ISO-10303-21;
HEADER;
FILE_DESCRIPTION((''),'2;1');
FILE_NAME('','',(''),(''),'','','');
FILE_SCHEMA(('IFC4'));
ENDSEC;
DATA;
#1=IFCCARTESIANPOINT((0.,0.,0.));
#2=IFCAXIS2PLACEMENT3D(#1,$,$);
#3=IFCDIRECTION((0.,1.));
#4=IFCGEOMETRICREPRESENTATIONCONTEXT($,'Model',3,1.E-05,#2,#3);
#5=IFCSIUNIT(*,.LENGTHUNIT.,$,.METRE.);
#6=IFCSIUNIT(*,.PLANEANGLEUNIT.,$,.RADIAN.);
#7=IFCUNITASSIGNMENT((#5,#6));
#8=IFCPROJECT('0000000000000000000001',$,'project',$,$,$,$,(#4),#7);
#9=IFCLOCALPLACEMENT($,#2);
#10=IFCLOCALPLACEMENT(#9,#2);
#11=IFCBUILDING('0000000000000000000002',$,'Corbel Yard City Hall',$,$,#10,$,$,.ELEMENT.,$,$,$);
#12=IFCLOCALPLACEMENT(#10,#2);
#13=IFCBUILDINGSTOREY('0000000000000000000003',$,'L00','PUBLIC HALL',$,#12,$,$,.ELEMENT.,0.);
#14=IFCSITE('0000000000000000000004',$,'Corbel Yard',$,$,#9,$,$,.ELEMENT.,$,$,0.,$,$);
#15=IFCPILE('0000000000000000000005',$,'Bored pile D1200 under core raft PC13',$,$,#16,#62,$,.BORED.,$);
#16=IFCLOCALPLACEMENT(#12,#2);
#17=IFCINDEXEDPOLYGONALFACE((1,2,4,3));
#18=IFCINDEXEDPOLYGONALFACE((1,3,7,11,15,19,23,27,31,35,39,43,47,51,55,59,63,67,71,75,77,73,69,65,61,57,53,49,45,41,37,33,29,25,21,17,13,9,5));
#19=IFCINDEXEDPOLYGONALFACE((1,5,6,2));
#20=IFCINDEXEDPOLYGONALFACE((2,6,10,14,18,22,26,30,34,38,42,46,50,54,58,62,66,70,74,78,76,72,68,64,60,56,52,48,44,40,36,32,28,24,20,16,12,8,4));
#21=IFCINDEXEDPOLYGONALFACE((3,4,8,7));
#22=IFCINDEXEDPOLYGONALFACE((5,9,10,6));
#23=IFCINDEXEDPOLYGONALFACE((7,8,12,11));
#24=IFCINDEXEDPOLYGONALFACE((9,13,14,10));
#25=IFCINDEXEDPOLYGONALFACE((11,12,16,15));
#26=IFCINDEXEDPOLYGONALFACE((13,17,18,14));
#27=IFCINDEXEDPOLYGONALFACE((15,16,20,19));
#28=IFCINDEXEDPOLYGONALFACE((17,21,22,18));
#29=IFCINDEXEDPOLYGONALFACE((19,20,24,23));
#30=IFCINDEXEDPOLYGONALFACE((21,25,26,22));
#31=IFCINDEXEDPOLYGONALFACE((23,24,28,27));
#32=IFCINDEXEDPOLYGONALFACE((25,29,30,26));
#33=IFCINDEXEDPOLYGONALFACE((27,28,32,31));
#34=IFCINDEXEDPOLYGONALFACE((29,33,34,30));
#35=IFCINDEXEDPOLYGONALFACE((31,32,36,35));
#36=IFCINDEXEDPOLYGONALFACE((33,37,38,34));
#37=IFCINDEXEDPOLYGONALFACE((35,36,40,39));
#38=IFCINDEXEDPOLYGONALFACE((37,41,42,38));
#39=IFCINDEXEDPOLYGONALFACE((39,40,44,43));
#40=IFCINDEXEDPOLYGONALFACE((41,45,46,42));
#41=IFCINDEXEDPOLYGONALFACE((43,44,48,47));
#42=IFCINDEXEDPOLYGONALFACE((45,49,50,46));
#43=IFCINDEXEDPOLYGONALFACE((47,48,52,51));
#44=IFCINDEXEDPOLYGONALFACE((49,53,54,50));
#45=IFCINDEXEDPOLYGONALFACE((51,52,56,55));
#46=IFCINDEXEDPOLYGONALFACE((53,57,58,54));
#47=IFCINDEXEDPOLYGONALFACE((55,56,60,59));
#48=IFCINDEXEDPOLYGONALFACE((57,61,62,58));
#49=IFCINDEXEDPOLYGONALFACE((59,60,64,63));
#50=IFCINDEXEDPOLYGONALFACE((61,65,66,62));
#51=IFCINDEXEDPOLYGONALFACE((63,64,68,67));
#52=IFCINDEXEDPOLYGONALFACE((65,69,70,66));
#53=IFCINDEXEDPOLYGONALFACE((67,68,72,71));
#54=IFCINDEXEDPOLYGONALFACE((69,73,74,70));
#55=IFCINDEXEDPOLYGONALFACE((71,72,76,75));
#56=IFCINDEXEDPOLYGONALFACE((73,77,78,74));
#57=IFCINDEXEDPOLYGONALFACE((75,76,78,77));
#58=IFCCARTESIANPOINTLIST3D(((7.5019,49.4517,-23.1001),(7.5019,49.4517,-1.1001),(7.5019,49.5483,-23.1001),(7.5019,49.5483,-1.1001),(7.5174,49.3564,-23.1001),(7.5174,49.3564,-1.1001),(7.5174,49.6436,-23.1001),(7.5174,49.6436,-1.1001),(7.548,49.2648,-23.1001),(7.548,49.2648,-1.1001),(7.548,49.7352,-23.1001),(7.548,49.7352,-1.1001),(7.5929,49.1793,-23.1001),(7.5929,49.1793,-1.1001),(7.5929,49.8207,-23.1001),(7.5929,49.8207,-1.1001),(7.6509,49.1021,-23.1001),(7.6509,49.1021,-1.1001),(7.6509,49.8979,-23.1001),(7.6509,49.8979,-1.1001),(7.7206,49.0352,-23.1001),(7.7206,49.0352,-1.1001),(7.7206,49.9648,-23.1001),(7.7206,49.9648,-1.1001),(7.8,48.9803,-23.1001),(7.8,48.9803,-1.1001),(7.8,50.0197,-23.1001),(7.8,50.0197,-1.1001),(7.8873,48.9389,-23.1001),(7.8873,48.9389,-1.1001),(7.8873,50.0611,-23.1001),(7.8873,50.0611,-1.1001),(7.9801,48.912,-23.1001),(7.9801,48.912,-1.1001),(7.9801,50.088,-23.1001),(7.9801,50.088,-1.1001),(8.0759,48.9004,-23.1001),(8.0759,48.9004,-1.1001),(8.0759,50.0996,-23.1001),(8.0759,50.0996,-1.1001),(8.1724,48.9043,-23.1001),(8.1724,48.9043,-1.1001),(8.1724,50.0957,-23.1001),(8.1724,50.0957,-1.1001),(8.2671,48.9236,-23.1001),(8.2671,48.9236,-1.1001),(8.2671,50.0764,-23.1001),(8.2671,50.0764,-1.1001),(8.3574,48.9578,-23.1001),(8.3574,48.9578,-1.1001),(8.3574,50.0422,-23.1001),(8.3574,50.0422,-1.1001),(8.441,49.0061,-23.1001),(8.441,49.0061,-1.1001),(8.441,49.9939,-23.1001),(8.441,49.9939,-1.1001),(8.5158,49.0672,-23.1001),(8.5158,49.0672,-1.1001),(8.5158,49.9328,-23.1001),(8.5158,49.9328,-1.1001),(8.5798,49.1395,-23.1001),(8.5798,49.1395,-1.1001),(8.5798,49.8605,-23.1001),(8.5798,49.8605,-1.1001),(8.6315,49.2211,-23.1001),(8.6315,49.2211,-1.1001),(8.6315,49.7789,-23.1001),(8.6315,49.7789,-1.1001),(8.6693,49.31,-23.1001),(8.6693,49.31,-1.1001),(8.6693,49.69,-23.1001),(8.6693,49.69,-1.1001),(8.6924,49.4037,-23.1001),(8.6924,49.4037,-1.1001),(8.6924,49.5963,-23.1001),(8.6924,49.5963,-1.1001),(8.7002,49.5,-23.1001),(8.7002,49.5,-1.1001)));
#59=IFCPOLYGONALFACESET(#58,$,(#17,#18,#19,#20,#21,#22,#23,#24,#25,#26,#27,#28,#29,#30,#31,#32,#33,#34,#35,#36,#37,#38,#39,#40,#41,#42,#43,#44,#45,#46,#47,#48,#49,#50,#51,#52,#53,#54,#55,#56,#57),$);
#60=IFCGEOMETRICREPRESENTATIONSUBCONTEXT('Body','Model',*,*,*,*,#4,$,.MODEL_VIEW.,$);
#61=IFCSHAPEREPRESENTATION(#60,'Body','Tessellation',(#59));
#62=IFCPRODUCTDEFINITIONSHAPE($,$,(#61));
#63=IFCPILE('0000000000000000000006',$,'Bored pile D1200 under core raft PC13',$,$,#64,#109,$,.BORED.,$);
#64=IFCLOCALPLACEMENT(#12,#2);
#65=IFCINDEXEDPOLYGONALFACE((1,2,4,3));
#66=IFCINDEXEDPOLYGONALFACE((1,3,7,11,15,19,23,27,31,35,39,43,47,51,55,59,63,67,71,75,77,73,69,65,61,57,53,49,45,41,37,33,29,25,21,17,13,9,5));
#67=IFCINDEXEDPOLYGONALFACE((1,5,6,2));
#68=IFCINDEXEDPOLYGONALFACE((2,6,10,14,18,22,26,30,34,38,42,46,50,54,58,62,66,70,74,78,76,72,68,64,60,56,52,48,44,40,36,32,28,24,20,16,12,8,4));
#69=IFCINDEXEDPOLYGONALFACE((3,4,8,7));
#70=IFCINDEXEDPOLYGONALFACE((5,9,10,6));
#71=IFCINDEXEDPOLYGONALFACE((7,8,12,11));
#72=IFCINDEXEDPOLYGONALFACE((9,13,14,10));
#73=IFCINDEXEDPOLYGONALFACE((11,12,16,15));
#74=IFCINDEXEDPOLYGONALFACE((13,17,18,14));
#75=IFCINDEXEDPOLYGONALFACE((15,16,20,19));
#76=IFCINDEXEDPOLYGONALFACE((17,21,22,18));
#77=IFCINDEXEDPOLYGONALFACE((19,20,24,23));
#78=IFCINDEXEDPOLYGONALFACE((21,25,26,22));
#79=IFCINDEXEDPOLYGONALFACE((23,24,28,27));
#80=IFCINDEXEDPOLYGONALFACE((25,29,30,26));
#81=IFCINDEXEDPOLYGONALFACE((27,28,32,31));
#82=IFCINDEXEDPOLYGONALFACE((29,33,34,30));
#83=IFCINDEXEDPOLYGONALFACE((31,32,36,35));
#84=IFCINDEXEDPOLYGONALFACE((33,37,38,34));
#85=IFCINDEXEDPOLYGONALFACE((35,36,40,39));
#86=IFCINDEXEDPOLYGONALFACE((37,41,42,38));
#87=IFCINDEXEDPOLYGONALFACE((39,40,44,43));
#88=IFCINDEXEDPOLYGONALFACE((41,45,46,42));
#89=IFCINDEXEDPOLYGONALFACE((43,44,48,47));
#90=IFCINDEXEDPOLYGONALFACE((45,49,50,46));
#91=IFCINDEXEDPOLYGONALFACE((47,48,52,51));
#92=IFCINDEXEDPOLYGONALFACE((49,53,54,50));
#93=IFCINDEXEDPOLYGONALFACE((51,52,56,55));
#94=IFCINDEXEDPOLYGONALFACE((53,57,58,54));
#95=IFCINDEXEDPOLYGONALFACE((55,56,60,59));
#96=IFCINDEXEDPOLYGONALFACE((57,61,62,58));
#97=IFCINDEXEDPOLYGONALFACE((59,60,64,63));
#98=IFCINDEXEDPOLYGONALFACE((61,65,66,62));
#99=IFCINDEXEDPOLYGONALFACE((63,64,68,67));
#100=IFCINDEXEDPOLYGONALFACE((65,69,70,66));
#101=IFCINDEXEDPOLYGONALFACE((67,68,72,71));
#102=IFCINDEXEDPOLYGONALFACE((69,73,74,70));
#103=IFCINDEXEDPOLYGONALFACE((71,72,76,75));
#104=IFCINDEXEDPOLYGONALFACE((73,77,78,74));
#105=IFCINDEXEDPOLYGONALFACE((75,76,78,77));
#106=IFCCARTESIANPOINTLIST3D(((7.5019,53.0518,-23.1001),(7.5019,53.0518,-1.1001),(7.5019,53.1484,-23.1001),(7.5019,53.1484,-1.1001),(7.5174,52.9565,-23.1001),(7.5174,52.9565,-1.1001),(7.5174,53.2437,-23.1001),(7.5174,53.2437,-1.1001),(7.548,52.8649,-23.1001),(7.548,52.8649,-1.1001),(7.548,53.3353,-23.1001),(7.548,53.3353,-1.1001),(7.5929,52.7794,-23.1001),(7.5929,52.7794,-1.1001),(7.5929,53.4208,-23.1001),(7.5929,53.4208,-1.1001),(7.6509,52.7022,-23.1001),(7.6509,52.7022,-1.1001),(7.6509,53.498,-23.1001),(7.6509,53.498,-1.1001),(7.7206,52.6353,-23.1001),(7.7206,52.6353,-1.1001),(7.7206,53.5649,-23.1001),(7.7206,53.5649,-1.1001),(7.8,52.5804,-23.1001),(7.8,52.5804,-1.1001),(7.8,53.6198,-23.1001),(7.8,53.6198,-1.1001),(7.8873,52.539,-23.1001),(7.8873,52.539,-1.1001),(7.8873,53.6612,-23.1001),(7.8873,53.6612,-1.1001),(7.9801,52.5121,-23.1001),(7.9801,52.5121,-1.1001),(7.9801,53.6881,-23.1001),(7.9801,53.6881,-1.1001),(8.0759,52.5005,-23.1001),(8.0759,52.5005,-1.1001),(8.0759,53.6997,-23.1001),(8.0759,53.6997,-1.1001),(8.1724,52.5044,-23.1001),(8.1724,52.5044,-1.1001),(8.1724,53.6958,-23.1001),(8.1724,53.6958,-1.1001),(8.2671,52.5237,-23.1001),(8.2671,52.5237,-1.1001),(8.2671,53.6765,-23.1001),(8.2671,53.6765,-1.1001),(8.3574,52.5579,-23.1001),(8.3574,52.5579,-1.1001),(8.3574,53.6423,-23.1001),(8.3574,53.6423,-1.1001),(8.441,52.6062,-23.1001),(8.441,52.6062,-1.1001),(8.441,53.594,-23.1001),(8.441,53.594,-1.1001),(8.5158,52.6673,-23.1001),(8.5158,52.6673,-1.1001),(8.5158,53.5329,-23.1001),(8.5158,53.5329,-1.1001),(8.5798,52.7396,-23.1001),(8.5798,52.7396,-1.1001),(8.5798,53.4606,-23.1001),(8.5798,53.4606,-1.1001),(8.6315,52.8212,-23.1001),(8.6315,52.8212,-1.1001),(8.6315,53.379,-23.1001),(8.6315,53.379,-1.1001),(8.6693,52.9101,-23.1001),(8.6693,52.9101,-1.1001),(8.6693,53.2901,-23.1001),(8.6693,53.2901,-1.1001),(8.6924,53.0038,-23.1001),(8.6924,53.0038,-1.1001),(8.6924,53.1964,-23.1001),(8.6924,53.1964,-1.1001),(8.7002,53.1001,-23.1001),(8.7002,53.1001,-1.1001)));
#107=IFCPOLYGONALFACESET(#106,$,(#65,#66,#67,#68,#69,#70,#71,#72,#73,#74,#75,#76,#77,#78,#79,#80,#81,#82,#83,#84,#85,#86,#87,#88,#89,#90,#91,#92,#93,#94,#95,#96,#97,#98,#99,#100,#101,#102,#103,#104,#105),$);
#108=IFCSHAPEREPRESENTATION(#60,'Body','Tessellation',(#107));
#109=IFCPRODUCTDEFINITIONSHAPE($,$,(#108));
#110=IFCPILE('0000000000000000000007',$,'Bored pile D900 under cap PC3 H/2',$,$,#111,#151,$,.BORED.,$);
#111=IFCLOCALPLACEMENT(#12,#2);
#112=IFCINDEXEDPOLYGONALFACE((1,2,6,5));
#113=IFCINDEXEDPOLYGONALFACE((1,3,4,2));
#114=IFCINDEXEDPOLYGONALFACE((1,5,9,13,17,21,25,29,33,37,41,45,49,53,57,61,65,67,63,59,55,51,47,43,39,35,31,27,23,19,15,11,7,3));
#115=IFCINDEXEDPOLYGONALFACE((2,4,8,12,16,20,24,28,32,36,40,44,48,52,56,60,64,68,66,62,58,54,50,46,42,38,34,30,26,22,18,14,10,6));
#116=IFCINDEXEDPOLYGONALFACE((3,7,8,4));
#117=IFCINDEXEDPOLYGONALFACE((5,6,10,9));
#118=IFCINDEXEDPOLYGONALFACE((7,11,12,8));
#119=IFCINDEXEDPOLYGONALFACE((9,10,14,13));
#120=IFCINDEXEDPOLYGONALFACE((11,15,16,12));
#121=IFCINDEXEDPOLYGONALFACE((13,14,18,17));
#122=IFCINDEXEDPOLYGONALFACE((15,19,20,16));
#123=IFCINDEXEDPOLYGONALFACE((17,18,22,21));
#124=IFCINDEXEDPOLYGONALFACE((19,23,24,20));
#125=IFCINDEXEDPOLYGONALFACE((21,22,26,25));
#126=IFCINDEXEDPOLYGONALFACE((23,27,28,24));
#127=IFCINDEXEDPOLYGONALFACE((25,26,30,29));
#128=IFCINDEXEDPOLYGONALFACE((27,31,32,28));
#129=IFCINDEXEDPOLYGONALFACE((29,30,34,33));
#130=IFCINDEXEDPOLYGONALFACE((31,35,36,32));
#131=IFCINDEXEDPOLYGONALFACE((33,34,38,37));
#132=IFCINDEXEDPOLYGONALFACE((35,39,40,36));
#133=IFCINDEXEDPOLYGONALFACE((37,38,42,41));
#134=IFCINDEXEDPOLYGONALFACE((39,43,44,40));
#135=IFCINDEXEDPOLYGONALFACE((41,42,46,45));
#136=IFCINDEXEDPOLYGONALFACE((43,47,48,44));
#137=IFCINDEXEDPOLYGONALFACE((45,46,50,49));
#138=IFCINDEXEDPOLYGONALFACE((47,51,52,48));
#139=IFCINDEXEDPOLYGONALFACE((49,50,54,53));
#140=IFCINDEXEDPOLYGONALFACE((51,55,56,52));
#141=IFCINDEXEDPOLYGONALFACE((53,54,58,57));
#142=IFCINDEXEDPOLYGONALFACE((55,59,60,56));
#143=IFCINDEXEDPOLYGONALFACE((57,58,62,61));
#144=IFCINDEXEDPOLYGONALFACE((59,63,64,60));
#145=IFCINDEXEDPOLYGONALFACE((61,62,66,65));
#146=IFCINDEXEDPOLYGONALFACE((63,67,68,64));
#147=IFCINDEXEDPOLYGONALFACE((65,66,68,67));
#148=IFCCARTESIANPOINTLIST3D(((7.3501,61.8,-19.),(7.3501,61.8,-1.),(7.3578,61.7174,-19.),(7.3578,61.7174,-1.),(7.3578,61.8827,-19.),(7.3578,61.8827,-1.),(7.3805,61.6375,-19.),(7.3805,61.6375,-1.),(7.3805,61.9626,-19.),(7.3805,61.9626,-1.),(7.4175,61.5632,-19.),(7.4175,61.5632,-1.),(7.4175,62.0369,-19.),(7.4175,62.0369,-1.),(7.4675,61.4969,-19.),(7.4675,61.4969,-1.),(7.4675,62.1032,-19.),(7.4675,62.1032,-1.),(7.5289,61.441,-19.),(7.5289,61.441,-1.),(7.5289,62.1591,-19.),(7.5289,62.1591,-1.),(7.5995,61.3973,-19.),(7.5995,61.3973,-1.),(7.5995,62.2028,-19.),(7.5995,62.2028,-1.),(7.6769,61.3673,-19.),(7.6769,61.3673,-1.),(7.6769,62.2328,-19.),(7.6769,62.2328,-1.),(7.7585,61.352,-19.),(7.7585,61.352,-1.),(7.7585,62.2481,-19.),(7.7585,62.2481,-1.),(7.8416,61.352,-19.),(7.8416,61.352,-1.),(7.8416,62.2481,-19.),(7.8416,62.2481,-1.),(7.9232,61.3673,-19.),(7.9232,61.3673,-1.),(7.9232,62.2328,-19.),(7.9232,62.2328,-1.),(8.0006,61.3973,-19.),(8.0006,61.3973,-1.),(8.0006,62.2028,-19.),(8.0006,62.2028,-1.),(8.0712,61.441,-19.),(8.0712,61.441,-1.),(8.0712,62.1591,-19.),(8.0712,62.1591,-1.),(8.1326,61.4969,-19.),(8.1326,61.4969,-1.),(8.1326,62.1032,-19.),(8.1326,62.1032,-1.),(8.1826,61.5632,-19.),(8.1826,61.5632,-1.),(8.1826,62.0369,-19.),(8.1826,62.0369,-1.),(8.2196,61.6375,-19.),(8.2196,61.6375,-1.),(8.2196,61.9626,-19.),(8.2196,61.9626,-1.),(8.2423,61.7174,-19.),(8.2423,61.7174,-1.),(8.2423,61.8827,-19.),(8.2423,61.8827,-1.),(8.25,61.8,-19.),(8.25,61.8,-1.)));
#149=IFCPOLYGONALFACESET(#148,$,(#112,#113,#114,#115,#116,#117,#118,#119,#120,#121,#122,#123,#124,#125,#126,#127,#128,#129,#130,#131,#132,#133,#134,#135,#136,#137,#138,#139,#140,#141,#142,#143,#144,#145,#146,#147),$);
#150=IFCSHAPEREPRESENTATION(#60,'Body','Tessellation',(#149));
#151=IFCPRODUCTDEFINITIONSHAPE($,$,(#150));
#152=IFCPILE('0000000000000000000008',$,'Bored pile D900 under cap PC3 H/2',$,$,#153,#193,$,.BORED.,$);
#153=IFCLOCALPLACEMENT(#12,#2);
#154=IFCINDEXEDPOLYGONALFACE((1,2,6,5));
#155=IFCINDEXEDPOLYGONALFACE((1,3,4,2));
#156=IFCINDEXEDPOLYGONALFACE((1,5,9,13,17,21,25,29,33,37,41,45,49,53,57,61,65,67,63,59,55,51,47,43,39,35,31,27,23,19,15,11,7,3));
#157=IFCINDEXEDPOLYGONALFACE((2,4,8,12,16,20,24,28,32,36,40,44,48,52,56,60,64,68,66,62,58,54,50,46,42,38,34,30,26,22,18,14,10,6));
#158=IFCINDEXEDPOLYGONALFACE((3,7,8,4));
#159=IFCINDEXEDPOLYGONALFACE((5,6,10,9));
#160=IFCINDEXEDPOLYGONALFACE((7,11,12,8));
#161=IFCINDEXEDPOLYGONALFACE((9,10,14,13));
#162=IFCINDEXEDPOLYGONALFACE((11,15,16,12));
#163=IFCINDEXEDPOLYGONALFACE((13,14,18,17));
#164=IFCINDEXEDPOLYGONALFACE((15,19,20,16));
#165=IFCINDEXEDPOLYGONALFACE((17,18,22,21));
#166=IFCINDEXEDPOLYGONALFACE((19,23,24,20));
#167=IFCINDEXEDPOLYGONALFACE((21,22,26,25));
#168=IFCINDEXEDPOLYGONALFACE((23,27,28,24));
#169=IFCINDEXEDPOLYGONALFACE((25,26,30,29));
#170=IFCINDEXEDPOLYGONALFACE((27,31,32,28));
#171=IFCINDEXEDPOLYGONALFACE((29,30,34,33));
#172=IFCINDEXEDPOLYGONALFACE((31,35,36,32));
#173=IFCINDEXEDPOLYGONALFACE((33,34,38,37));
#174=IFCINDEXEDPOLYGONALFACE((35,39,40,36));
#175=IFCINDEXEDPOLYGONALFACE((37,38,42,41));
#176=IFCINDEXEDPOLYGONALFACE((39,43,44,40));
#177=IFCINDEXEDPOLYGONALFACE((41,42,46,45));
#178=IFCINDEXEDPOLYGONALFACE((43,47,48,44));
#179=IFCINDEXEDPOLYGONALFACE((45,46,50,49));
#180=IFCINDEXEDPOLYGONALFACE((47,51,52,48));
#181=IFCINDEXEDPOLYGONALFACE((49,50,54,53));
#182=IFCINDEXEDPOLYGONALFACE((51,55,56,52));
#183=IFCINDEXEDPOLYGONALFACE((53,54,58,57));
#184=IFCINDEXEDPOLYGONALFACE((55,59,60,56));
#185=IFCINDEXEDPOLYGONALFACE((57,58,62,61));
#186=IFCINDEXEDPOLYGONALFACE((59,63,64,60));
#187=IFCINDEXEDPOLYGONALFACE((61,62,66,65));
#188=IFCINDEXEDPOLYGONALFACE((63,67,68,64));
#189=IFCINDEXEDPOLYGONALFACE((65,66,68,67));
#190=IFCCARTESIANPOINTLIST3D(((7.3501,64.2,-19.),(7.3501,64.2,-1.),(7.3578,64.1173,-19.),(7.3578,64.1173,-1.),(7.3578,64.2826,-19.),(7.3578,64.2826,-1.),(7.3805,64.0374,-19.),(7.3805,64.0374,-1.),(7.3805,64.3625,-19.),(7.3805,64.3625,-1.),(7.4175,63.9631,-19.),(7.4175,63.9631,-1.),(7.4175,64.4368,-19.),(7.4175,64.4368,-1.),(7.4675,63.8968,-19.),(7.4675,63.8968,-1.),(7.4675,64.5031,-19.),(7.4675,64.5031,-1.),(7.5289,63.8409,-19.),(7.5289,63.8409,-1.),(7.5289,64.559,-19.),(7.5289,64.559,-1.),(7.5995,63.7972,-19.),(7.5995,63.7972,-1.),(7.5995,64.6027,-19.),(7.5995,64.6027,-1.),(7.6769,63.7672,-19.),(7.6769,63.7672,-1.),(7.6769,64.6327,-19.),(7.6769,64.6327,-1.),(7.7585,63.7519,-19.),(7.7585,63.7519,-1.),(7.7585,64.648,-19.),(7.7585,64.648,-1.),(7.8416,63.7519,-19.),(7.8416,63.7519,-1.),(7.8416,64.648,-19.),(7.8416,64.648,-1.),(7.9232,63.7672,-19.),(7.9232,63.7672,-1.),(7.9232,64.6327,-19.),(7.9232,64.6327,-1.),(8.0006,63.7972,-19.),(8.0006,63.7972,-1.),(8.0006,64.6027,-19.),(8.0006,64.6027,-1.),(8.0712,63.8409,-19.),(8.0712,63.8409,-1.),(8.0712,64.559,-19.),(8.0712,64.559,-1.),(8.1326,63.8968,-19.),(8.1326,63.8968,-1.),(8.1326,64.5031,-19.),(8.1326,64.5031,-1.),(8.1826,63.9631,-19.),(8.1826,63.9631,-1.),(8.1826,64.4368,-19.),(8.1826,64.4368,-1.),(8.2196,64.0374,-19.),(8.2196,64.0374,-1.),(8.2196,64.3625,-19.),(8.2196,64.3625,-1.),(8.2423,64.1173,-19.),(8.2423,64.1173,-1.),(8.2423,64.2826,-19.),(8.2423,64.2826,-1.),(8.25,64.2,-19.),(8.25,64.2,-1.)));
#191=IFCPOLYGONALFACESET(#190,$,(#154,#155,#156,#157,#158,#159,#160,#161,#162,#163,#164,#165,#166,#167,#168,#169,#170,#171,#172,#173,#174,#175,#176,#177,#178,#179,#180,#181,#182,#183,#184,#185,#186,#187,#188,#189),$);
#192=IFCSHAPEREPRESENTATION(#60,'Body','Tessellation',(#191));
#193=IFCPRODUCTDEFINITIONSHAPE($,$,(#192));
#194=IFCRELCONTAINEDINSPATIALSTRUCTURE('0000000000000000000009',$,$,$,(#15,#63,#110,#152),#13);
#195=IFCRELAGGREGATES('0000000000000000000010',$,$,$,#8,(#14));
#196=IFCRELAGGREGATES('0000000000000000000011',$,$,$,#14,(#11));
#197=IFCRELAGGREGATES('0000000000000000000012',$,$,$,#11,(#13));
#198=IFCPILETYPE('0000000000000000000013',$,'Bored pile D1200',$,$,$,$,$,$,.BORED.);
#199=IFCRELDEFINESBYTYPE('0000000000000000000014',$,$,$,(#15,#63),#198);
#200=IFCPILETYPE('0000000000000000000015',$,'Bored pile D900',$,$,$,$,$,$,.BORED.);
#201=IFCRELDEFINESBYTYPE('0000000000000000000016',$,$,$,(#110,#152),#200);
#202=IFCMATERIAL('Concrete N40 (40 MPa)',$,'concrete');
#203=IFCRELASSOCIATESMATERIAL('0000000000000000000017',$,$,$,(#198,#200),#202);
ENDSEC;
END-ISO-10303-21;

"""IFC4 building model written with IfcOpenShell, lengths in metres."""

from ifc_helpers import new_model, si_unit, direction, frame, origin, origin_2d, place, context, subcontext, project, spatial, circle, extrude, material, material_profile, profile_set, type_object, element, save


model = new_model("IFC4")

# Units and contexts
model_context = context("Model", 3, precision=1e-05, world=origin(), true_north=direction((0.0, 1.0)))
body_context = subcontext(model_context, "Body", "Model", "MODEL_VIEW")
ifc_project = project(units=[si_unit("LENGTHUNIT", "METRE"), si_unit("PLANEANGLEUNIT", "RADIAN")], contexts=[model_context])

# Site, building, storey
site_placement = place(None, origin())
site = spatial("IfcSite", under=ifc_project, at=site_placement, Name="Corbel Yard", CompositionType="ELEMENT", RefElevation=0.0)
building_placement = place(site_placement, origin())
building = spatial("IfcBuilding", under=site, at=building_placement, Name="Corbel Yard City Hall", CompositionType="ELEMENT")
storey_placement = place(building_placement, origin())
storey = spatial("IfcBuildingStorey", under=building, at=storey_placement, Name="L00", Description="PUBLIC HALL", CompositionType="ELEMENT", Elevation=0.0)

# Piles
ifc_material_1 = material(Name="Concrete N40 (40 MPa)", Category="concrete")
ifc_material_profile_1 = material_profile(ifc_material_1, circle(Radius=0.6001, at=origin_2d()), Name="D1200")
ifc_profile_set_1 = profile_set([ifc_material_profile_1], Name="Concrete N40 (40 MPa)")
pile_type_1 = type_object("IfcPileType", Name="Bored pile D1200", PredefinedType="BORED", material=ifc_profile_set_1)
for number, where, z_axis, x_axis, name in (
    (1, (8.1001, 49.5, -1.1001), (0.0, 0.0, -1.0), (1.0, 0.0, 0.0), "Bored pile D1200 under core raft PC13"),
    (2, (8.1001, 53.1001, -1.1001), (0.0, 0.0, -1.0), (1.0, 0.0, 0.0), "Bored pile D1200 under core raft PC13"),
):
    element("IfcPile", number, at=place(storey_placement, frame(where, z_axis=z_axis, x_axis=x_axis)), inside=storey, type_object=pile_type_1, Name=name, PredefinedType="BORED", context=body_context, shape_type="SweptSolid", body=[
        extrude(circle(Radius=0.6001, at=origin_2d()), origin(), (0.0, 0.0, 1.0), 22.0),
    ])
ifc_material_profile_2 = material_profile(ifc_material_1, circle(Radius=0.45, at=origin_2d()), Name="D900")
ifc_profile_set_2 = profile_set([ifc_material_profile_2], Name="Concrete N40 (40 MPa)")
pile_type_2 = type_object("IfcPileType", Name="Bored pile D900", PredefinedType="BORED", material=ifc_profile_set_2)
for number, where, z_axis, x_axis, name in (
    (3, (7.8, 61.8, -1.0), (0.0, 0.0, -1.0), (1.0, 0.0, 0.0), "Bored pile D900 under cap PC3 H/2"),
    (4, (7.8, 64.2, -1.0), (0.0, 0.0, -1.0), (1.0, 0.0, 0.0), "Bored pile D900 under cap PC3 H/2"),
):
    element("IfcPile", number, at=place(storey_placement, frame(where, z_axis=z_axis, x_axis=x_axis)), inside=storey, type_object=pile_type_2, Name=name, PredefinedType="BORED", context=body_context, shape_type="SweptSolid", body=[
        extrude(circle(Radius=0.45, at=origin_2d()), origin(), (0.0, 0.0, 1.0), 18.0),
    ])

save(model, "model.ifc")
